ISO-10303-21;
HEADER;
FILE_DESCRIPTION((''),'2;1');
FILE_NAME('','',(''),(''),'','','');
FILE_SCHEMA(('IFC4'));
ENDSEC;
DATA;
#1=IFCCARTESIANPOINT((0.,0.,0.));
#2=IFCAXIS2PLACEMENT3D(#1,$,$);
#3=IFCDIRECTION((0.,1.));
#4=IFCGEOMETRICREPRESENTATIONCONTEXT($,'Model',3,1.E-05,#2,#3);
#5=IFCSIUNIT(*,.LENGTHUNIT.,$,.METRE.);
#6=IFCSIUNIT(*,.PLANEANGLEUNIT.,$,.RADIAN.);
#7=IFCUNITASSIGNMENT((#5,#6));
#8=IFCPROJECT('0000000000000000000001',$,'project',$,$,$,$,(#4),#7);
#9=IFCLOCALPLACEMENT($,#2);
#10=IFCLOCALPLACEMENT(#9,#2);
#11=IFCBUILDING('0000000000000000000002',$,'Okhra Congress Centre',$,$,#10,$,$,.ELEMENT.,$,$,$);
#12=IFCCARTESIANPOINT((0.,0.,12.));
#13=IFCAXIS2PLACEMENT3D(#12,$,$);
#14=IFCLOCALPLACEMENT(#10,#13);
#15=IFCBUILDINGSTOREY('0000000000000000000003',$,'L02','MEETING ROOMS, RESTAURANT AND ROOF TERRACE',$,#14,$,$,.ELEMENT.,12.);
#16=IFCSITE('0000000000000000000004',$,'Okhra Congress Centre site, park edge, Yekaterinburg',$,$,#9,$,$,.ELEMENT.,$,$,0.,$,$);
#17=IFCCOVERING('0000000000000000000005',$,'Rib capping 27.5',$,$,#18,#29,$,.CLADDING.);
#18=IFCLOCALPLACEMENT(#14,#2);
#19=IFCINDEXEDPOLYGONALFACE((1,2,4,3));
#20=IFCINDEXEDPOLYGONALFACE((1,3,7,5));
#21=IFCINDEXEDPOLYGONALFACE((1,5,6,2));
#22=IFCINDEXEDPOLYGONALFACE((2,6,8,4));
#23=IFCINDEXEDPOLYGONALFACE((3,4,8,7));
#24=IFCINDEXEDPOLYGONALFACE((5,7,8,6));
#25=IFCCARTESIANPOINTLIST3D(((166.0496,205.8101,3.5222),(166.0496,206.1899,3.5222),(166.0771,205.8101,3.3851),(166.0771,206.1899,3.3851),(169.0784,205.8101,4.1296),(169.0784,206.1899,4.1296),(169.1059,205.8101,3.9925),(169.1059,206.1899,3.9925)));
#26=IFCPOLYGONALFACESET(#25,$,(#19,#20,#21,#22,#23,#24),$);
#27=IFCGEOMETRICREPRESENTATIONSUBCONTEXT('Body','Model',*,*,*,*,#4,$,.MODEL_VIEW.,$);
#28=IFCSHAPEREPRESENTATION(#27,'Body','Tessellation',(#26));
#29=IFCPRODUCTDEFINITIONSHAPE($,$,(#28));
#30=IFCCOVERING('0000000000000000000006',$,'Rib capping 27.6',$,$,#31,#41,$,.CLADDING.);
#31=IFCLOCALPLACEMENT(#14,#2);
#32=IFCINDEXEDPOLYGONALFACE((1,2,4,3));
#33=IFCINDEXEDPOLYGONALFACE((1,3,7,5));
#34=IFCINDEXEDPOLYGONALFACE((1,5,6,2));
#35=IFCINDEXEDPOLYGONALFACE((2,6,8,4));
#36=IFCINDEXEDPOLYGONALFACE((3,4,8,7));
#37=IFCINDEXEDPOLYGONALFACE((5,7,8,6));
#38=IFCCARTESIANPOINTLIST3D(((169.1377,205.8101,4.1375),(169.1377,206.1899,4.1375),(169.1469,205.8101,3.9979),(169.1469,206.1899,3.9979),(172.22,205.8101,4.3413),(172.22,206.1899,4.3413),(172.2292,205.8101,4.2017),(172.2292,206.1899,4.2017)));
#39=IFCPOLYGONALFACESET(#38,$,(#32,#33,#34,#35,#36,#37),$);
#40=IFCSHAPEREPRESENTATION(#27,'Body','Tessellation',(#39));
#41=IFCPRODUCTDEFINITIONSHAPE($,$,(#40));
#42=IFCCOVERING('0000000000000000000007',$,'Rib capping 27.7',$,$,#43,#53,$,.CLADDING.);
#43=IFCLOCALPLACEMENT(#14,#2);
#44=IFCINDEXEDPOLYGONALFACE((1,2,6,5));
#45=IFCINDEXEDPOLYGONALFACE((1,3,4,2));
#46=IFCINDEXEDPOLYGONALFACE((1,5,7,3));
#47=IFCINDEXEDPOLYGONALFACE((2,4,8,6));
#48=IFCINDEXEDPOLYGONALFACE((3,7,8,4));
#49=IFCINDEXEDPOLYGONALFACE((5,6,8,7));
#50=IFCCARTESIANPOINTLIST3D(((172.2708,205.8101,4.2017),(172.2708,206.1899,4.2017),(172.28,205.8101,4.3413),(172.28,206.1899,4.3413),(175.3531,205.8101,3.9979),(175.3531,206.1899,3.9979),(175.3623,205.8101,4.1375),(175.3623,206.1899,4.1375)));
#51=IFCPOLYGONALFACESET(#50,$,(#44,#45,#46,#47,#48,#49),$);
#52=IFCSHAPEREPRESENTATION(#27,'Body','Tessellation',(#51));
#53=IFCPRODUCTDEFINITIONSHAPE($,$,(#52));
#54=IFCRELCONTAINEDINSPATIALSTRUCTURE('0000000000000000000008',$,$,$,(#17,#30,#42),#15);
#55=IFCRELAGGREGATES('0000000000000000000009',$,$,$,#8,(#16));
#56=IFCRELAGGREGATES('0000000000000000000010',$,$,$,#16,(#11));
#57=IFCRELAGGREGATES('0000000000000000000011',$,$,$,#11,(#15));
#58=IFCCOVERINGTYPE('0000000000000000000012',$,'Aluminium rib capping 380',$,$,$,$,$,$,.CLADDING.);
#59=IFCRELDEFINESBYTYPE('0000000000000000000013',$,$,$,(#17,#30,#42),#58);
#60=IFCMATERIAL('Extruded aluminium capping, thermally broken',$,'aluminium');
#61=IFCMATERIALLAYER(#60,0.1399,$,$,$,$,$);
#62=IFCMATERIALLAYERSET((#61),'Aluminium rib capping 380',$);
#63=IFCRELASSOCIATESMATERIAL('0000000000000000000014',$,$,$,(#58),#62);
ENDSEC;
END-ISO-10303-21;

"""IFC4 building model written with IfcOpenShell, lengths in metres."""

from ifc_helpers import new_model, si_unit, direction, frame, origin, place, context, subcontext, project, spatial, polyline, outline, extrude, material, layer, layer_set, type_object, element, save


model = new_model("IFC4")

# Units and contexts
model_context = context("Model", 3, precision=1e-05, world=origin(), true_north=direction((0.0, 1.0)))
body_context = subcontext(model_context, "Body", "Model", "MODEL_VIEW")
ifc_project = project(units=[si_unit("LENGTHUNIT", "METRE"), si_unit("PLANEANGLEUNIT", "RADIAN")], contexts=[model_context])

# Site, building, storey
site_placement = place(None, origin())
site = spatial("IfcSite", under=ifc_project, at=site_placement, Name="Okhra Congress Centre site, park edge, Yekaterinburg", CompositionType="ELEMENT", RefElevation=0.0)
building_placement = place(site_placement, origin())
building = spatial("IfcBuilding", under=site, at=building_placement, Name="Okhra Congress Centre", CompositionType="ELEMENT")
storey_placement = place(building_placement, frame((0.0, 0.0, 12.0)))
storey = spatial("IfcBuildingStorey", under=building, at=storey_placement, Name="L02", Description="MEETING ROOMS, RESTAURANT AND ROOF TERRACE", CompositionType="ELEMENT", Elevation=12.0)

# Coverings
ifc_material_1 = material(Name="Extruded aluminium capping, thermally broken", Category="aluminium")
ifc_layer = layer(ifc_material_1, 0.1399)
ifc_layer_set = layer_set([ifc_layer], Name="Aluminium rib capping 380")
covering_type = type_object("IfcCoveringType", Name="Aluminium rib capping 380", PredefinedType="CLADDING", material=ifc_layer_set)
covering_1_placement = place(storey_placement, frame((166.0496, 205.8101, 3.5222), z_axis=(-0.196633, 0.0, 0.980477), x_axis=(0.980477, 0.0, 0.196633)))
element("IfcCovering", 1, at=covering_1_placement, inside=storey, type_object=covering_type, Name="Rib capping 27.5", PredefinedType="CLADDING", context=body_context, shape_type="SweptSolid", body=[
    extrude(outline(polyline([(0.0, 0.0), (3.0891, 0.0), (3.0891, 0.3799), (0.0, 0.3799), (0.0, 0.0)])), origin(), (0.0, 0.0, -1.0), 0.1399),
])
for number, where, z_axis, x_axis, name in (
    (2, (169.1377, 205.8101, 4.1375), (-0.065994, 0.0, 0.99782), (0.99782, 0.0, 0.065994), "Rib capping 27.6"),
    (3, (172.28, 205.8101, 4.3413), (0.065994, 0.0, 0.99782), (0.99782, 0.0, -0.065994), "Rib capping 27.7"),
):
    element("IfcCovering", number, at=place(storey_placement, frame(where, z_axis=z_axis, x_axis=x_axis)), inside=storey, type_object=covering_type, Name=name, PredefinedType="CLADDING", context=body_context, shape_type="SweptSolid", body=[
        extrude(outline(polyline([(0.0, 0.0), (3.089, 0.0), (3.089, 0.3799), (0.0, 0.3799), (0.0, 0.0)])), origin(), (0.0, 0.0, -1.0), 0.1399),
    ])

save(model, "model.ifc")
